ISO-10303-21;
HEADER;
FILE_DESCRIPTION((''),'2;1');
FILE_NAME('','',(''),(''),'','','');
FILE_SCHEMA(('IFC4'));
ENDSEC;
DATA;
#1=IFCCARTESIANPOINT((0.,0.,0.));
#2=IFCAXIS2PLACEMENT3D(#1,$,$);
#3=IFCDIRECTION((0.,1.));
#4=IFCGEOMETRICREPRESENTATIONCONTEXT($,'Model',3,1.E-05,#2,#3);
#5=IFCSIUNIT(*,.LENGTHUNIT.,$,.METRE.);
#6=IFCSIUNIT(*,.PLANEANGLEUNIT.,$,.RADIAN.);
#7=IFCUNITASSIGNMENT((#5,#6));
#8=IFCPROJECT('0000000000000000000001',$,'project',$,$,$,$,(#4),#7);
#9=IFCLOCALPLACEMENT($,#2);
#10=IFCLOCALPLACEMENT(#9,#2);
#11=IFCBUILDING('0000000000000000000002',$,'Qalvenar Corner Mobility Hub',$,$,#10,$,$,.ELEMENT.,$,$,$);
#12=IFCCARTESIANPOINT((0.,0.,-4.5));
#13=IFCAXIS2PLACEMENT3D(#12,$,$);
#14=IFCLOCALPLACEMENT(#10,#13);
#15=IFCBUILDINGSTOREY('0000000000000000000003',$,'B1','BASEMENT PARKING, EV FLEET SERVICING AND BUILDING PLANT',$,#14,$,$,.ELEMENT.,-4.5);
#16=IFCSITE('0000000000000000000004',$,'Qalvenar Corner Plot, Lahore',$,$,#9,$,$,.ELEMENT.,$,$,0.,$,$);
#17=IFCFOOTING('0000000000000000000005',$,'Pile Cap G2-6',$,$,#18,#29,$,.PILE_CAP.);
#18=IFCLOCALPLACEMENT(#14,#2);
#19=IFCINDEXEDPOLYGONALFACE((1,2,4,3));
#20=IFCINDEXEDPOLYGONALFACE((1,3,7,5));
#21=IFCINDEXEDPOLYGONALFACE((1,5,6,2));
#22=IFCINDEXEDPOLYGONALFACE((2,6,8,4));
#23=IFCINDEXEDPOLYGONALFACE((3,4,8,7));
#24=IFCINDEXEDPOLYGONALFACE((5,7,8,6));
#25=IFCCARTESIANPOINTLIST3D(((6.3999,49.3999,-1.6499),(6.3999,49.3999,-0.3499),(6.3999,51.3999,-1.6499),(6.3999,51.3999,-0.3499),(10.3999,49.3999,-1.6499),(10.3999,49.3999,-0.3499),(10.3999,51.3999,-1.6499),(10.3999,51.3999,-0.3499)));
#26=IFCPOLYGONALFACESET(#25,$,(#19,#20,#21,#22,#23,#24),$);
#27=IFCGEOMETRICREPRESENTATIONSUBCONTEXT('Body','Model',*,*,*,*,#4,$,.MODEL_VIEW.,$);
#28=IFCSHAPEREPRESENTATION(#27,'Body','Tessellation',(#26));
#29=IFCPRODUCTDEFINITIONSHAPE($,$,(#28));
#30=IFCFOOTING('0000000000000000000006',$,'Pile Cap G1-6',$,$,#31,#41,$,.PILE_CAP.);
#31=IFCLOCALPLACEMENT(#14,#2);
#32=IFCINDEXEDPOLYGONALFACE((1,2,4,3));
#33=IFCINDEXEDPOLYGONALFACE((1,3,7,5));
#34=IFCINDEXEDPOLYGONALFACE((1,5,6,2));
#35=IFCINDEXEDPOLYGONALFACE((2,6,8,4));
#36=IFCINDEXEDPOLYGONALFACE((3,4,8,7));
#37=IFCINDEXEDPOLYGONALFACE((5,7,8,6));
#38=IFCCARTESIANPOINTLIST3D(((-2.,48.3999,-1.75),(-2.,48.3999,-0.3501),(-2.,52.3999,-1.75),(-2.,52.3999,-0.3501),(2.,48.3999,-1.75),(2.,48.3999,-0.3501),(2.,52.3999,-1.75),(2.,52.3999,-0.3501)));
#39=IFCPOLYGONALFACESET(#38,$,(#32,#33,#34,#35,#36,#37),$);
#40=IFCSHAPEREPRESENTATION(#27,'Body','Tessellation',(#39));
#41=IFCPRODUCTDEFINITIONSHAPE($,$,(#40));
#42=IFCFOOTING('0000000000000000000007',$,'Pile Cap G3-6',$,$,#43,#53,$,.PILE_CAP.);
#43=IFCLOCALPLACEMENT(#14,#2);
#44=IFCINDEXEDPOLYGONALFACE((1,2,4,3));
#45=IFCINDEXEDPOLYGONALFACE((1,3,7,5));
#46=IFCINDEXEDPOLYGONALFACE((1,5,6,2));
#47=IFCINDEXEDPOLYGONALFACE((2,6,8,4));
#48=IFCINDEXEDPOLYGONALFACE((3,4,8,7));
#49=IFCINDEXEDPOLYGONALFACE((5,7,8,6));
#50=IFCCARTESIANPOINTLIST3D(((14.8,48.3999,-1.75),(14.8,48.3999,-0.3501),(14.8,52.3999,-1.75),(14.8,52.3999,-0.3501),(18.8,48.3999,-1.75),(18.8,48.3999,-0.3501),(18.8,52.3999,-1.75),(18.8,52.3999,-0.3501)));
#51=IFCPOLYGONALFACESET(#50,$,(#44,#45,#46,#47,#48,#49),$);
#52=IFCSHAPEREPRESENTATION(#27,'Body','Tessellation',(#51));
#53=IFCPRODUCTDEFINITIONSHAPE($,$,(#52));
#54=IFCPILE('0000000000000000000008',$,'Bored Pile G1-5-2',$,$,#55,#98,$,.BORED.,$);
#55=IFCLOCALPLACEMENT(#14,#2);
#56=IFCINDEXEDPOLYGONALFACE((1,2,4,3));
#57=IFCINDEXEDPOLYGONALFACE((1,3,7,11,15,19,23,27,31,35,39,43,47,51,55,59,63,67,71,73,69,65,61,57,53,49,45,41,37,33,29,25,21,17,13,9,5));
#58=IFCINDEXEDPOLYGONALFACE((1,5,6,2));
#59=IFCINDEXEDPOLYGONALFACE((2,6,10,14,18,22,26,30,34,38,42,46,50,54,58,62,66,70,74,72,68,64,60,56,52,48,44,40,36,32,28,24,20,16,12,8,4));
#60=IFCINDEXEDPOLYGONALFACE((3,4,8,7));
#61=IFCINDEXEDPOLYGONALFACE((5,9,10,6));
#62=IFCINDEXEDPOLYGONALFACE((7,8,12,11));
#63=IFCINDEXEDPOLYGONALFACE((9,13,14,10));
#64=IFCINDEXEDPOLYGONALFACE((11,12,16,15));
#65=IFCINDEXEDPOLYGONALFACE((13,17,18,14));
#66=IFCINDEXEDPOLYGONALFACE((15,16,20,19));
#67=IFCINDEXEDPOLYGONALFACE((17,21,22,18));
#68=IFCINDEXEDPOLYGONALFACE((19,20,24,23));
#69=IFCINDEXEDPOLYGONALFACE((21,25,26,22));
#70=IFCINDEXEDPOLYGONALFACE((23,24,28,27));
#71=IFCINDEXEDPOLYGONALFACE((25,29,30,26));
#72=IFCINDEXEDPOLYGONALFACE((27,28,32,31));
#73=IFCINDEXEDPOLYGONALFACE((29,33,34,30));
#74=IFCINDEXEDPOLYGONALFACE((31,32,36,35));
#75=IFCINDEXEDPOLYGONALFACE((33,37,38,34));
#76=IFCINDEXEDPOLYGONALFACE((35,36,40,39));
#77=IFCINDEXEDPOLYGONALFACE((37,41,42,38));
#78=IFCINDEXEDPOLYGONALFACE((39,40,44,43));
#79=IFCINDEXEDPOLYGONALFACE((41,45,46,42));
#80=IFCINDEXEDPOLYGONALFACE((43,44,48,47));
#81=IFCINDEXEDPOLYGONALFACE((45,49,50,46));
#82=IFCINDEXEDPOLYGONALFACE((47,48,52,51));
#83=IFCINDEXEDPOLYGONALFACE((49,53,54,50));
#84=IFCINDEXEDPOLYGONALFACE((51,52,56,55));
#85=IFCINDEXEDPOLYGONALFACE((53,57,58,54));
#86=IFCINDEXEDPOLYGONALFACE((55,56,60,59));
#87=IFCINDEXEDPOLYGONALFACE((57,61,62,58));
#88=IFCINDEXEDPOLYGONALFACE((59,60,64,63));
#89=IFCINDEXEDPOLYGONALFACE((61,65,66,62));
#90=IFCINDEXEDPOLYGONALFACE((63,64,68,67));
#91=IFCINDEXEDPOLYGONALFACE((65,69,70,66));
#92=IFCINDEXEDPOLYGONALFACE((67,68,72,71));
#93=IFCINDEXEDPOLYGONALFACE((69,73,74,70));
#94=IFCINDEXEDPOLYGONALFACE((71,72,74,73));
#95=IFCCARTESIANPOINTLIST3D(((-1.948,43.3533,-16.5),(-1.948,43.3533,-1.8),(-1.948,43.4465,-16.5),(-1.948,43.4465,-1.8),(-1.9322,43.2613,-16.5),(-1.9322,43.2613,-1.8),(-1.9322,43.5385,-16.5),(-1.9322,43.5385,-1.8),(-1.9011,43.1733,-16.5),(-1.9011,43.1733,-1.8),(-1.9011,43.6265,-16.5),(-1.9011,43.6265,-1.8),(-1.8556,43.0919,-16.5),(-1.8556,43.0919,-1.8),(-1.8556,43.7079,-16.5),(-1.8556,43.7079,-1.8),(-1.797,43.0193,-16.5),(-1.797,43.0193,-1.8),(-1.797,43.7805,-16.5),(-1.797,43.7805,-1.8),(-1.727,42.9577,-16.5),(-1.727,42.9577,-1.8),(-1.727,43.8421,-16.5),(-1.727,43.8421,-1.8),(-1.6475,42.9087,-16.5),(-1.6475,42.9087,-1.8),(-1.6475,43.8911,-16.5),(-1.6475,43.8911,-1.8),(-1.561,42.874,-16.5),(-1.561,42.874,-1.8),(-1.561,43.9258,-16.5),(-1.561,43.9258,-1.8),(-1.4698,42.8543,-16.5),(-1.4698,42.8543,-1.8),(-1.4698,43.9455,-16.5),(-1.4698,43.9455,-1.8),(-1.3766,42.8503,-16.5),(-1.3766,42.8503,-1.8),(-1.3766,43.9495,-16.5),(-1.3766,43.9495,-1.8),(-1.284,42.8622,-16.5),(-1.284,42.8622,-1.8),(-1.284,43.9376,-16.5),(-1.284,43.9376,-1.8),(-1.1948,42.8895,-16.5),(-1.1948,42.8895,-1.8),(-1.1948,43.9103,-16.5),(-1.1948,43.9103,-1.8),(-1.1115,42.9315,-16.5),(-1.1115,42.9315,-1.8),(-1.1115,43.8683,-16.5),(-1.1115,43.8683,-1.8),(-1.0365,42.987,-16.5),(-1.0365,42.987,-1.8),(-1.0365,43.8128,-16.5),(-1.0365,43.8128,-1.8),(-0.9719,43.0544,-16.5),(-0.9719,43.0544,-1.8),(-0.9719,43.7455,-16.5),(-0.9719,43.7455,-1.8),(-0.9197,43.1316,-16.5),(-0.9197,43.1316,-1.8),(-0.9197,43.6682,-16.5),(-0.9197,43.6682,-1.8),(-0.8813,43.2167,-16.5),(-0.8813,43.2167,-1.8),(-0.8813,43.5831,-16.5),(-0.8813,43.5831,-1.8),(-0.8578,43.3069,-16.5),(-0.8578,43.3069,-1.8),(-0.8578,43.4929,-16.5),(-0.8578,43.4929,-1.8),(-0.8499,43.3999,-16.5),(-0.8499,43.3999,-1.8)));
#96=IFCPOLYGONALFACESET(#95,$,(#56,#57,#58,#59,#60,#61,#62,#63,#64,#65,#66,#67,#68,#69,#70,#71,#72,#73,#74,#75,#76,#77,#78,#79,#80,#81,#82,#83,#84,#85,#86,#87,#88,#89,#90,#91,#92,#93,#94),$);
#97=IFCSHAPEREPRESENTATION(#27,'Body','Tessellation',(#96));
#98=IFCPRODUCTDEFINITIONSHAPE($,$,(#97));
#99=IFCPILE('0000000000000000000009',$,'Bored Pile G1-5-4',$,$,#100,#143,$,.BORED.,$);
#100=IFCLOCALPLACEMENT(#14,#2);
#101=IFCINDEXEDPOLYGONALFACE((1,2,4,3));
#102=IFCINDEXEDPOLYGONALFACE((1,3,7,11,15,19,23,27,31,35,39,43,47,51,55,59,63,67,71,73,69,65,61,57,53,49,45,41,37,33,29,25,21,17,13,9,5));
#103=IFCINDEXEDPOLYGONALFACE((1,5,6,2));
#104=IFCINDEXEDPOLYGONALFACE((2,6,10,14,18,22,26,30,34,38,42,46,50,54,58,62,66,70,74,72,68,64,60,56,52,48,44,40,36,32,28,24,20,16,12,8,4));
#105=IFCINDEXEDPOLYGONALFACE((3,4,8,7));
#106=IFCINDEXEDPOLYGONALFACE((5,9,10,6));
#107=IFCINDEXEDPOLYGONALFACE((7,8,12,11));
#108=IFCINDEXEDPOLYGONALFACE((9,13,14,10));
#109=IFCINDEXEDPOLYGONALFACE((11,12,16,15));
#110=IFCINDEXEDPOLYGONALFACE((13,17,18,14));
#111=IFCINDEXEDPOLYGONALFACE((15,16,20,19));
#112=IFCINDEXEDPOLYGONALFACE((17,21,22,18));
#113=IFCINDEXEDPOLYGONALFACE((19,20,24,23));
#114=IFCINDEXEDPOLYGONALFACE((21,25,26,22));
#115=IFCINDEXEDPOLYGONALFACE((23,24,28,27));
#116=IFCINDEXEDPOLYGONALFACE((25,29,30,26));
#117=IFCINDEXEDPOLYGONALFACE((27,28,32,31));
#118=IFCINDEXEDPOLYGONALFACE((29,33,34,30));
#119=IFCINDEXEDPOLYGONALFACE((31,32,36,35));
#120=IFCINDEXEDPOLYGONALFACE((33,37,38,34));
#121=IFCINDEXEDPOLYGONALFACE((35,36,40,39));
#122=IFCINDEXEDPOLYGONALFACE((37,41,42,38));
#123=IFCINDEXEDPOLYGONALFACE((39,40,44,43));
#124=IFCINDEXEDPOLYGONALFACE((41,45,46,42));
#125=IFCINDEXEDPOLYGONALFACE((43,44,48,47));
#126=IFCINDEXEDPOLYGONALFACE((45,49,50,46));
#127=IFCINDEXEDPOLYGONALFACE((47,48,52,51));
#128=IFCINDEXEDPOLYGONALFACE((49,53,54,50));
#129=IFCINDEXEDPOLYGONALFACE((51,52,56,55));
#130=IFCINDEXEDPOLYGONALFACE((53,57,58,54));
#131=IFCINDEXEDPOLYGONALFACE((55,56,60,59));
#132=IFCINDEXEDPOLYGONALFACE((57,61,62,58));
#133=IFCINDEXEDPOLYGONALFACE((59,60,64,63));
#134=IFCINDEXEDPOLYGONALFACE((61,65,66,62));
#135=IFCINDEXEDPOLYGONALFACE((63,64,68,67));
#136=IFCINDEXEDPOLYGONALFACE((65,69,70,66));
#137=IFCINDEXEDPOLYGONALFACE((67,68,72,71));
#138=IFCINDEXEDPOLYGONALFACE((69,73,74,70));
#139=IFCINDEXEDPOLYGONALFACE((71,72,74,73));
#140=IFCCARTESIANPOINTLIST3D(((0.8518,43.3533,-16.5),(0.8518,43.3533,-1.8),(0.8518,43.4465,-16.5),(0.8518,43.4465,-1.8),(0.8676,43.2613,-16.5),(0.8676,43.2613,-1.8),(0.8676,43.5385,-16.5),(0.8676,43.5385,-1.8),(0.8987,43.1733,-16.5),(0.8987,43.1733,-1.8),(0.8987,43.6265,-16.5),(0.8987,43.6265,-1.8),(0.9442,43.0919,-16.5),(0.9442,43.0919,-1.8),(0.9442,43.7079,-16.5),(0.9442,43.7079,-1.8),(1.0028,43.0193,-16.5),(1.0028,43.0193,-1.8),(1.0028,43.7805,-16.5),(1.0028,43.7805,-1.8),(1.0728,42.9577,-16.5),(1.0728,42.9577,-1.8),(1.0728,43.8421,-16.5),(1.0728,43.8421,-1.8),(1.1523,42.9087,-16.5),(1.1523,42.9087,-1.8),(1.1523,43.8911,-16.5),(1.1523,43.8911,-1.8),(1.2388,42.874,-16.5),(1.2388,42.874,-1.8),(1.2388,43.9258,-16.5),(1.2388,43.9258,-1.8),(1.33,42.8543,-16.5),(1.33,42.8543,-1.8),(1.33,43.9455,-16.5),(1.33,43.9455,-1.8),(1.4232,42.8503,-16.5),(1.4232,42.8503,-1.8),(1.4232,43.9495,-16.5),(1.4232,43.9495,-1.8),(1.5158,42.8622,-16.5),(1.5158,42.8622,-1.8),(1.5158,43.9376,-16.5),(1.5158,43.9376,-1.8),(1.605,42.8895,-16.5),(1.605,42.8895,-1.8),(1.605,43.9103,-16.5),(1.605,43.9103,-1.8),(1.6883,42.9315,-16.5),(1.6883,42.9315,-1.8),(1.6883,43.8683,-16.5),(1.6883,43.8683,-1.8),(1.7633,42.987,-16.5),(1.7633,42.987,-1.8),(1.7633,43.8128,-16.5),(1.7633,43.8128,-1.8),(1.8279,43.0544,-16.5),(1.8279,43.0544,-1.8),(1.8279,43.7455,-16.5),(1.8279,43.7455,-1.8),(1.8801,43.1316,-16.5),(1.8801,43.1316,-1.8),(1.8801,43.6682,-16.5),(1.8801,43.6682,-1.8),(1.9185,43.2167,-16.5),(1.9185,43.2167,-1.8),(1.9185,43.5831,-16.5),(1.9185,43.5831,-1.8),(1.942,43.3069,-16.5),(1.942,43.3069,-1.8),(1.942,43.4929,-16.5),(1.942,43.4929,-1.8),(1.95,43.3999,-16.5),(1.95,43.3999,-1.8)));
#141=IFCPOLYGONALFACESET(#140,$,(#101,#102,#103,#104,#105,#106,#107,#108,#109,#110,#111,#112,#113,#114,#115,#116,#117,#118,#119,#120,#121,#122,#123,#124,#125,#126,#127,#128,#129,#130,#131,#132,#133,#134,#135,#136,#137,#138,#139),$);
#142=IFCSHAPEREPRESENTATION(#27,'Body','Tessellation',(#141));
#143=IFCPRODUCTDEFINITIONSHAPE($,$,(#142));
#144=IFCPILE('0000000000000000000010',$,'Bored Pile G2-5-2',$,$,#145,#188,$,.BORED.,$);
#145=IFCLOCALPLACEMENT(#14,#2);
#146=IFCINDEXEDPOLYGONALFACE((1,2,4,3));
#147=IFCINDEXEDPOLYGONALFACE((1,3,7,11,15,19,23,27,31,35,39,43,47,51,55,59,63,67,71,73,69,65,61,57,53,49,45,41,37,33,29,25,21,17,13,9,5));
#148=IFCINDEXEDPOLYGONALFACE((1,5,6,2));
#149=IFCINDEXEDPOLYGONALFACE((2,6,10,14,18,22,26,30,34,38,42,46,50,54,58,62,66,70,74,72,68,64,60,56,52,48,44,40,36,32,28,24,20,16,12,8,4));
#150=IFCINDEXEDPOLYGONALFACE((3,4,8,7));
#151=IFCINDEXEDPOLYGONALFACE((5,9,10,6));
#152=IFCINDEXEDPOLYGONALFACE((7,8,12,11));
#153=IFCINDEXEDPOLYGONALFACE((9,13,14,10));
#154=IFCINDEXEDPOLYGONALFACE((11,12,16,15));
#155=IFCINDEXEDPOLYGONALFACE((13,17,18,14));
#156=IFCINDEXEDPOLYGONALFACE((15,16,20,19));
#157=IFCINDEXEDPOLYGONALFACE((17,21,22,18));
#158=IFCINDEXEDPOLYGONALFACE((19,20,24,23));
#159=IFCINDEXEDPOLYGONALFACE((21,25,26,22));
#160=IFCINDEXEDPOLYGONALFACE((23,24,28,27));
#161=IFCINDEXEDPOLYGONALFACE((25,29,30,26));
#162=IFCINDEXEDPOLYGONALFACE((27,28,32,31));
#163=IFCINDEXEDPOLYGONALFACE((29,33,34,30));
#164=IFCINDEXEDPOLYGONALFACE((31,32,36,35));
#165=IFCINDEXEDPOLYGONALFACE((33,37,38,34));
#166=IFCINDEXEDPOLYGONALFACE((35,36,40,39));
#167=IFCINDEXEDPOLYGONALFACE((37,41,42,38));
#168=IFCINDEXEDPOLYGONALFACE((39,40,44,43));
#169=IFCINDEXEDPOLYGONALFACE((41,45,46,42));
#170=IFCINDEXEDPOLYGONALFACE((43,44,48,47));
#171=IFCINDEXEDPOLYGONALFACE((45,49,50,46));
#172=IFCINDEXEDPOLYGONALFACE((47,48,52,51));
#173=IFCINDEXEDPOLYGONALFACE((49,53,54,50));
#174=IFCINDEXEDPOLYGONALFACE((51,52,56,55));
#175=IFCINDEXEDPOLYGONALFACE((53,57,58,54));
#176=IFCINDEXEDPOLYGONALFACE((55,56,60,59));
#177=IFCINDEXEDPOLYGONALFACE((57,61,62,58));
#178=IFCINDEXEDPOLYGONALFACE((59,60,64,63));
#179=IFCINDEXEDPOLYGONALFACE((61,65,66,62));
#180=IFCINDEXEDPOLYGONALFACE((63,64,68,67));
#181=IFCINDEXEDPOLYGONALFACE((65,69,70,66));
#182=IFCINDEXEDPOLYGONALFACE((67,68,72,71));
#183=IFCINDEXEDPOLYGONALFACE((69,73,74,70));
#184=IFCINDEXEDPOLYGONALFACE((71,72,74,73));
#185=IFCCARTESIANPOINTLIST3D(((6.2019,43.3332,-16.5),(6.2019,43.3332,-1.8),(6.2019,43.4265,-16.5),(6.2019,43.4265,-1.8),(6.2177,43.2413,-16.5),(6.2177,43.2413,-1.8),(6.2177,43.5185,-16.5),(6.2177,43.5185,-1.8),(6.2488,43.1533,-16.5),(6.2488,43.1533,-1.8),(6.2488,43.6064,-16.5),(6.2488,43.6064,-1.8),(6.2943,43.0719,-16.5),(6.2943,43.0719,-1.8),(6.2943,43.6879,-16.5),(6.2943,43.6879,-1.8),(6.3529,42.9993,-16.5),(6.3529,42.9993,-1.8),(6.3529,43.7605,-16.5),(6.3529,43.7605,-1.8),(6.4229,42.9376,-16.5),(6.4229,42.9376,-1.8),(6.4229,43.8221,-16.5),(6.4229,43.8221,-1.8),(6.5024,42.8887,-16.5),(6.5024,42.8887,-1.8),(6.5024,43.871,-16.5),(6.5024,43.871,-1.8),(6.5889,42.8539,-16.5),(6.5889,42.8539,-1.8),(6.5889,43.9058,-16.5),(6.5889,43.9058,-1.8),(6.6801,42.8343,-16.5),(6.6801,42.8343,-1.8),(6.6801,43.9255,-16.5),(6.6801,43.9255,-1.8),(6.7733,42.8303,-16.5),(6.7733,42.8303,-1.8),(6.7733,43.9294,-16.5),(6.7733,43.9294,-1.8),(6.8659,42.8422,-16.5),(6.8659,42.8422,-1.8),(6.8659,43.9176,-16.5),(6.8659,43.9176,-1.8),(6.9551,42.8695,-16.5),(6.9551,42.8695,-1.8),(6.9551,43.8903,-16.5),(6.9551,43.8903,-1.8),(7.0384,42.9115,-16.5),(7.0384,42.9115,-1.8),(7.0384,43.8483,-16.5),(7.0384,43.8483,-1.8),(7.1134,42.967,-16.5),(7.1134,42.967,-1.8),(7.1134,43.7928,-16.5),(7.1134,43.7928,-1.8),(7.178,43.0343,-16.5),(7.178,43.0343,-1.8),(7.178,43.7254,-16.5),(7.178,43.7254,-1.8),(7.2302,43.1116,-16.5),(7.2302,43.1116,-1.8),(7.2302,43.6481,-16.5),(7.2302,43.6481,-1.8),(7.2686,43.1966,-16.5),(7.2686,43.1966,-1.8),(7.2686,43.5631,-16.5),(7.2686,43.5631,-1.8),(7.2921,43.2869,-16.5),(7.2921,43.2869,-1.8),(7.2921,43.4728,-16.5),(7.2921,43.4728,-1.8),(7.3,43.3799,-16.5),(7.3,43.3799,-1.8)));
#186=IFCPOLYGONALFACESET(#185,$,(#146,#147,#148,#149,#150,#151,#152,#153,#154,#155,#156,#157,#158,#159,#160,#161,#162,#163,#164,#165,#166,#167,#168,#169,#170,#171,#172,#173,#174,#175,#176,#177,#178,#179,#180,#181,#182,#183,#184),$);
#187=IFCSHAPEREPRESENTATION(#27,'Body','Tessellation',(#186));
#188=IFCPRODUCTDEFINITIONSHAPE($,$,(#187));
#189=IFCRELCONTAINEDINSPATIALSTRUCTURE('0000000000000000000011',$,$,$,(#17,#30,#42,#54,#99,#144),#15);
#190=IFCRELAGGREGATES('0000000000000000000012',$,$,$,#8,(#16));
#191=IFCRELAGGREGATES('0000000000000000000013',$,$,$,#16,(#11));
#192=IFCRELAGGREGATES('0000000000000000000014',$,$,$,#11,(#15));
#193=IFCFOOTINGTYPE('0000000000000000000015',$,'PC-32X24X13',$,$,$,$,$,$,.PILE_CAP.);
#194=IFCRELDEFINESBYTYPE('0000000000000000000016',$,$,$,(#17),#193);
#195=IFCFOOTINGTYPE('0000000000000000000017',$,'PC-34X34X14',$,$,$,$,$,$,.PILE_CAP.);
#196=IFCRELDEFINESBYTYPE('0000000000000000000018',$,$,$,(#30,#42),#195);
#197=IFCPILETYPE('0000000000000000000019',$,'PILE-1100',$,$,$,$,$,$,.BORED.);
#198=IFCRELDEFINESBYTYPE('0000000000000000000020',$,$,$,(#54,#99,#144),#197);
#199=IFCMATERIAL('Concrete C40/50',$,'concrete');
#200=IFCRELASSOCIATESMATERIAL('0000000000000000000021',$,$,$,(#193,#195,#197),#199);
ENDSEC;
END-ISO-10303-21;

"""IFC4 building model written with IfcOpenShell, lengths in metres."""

from ifc_helpers import new_model, si_unit, direction, frame, origin, origin_2d, place, context, subcontext, project, spatial, rectangle, circle, extrude, material, material_profile, profile_set, type_object, element, save


model = new_model("IFC4")

# Units and contexts
model_context = context("Model", 3, precision=1e-05, world=origin(), true_north=direction((0.0, 1.0)))
body_context = subcontext(model_context, "Body", "Model", "MODEL_VIEW")
ifc_project = project(units=[si_unit("LENGTHUNIT", "METRE"), si_unit("PLANEANGLEUNIT", "RADIAN")], contexts=[model_context])

# Site, building, storey
site_placement = place(None, origin())
site = spatial("IfcSite", under=ifc_project, at=site_placement, Name="Qalvenar Corner Plot, Lahore", CompositionType="ELEMENT", RefElevation=0.0)
building_placement = place(site_placement, origin())
building = spatial("IfcBuilding", under=site, at=building_placement, Name="Qalvenar Corner Mobility Hub", CompositionType="ELEMENT")
storey_placement = place(building_placement, frame((0.0, 0.0, -4.5)))
storey = spatial("IfcBuildingStorey", under=building, at=storey_placement, Name="B1", Description="BASEMENT PARKING, EV FLEET SERVICING AND BUILDING PLANT", CompositionType="ELEMENT", Elevation=-4.5)

# Footings
ifc_material_1 = material(Name="Concrete C40/50", Category="concrete")
footing_type_1 = type_object("IfcFootingType", Name="PC-32X24X13", PredefinedType="PILE_CAP", material=ifc_material_1)
footing_1_placement = place(storey_placement, frame((8.3999, 50.3999, -1.6499), z_axis=(0.0, 0.0, 1.0), x_axis=(1.0, 0.0, 0.0)))
element("IfcFooting", 1, at=footing_1_placement, inside=storey, type_object=footing_type_1, Name="Pile Cap G2-6", PredefinedType="PILE_CAP", context=body_context, shape_type="SweptSolid", body=[
    extrude(rectangle(XDim=4.0, YDim=2.0, at=origin_2d()), origin(), (0.0, 0.0, 1.0), 1.3),
])
footing_type_2 = type_object("IfcFootingType", Name="PC-34X34X14", PredefinedType="PILE_CAP", material=ifc_material_1)
for number, where, z_axis, x_axis, name in (
    (2, (0.0, 50.3999, -1.75), (0.0, 0.0, 1.0), (1.0, 0.0, 0.0), "Pile Cap G1-6"),
    (3, (16.8, 50.3999, -1.75), (0.0, 0.0, 1.0), (1.0, 0.0, 0.0), "Pile Cap G3-6"),
):
    element("IfcFooting", number, at=place(storey_placement, frame(where, z_axis=z_axis, x_axis=x_axis)), inside=storey, type_object=footing_type_2, Name=name, PredefinedType="PILE_CAP", context=body_context, shape_type="SweptSolid", body=[
        extrude(rectangle(XDim=4.0, YDim=4.0, at=origin_2d()), origin(), (0.0, 0.0, 1.0), 1.3999),
    ])

# Piles
ifc_material_profile_1 = material_profile(ifc_material_1, circle(Radius=0.55, at=origin_2d()), Name="DIA1100")
ifc_profile_set_1 = profile_set([ifc_material_profile_1], Name="Concrete C40/50")
pile_type_1 = type_object("IfcPileType", Name="PILE-1100", PredefinedType="BORED", material=ifc_profile_set_1)
for number, where, z_axis, x_axis, name in (
    (4, (-1.3999, 43.3999, -1.8), (0.0, 0.0, -1.0), (1.0, 0.0, 0.0), "Bored Pile G1-5-2"),
    (5, (1.3999, 43.3999, -1.8), (0.0, 0.0, -1.0), (1.0, 0.0, 0.0), "Bored Pile G1-5-4"),
    (6, (6.75, 43.3799, -1.8), (0.0, 0.0, -1.0), (1.0, 0.0, 0.0), "Bored Pile G2-5-2"),
):
    element("IfcPile", number, at=place(storey_placement, frame(where, z_axis=z_axis, x_axis=x_axis)), inside=storey, type_object=pile_type_1, Name=name, PredefinedType="BORED", context=body_context, shape_type="SweptSolid", body=[
        extrude(circle(Radius=0.55, at=origin_2d()), origin(), (0.0, 0.0, 1.0), 14.7),
    ])

save(model, "model.ifc")
